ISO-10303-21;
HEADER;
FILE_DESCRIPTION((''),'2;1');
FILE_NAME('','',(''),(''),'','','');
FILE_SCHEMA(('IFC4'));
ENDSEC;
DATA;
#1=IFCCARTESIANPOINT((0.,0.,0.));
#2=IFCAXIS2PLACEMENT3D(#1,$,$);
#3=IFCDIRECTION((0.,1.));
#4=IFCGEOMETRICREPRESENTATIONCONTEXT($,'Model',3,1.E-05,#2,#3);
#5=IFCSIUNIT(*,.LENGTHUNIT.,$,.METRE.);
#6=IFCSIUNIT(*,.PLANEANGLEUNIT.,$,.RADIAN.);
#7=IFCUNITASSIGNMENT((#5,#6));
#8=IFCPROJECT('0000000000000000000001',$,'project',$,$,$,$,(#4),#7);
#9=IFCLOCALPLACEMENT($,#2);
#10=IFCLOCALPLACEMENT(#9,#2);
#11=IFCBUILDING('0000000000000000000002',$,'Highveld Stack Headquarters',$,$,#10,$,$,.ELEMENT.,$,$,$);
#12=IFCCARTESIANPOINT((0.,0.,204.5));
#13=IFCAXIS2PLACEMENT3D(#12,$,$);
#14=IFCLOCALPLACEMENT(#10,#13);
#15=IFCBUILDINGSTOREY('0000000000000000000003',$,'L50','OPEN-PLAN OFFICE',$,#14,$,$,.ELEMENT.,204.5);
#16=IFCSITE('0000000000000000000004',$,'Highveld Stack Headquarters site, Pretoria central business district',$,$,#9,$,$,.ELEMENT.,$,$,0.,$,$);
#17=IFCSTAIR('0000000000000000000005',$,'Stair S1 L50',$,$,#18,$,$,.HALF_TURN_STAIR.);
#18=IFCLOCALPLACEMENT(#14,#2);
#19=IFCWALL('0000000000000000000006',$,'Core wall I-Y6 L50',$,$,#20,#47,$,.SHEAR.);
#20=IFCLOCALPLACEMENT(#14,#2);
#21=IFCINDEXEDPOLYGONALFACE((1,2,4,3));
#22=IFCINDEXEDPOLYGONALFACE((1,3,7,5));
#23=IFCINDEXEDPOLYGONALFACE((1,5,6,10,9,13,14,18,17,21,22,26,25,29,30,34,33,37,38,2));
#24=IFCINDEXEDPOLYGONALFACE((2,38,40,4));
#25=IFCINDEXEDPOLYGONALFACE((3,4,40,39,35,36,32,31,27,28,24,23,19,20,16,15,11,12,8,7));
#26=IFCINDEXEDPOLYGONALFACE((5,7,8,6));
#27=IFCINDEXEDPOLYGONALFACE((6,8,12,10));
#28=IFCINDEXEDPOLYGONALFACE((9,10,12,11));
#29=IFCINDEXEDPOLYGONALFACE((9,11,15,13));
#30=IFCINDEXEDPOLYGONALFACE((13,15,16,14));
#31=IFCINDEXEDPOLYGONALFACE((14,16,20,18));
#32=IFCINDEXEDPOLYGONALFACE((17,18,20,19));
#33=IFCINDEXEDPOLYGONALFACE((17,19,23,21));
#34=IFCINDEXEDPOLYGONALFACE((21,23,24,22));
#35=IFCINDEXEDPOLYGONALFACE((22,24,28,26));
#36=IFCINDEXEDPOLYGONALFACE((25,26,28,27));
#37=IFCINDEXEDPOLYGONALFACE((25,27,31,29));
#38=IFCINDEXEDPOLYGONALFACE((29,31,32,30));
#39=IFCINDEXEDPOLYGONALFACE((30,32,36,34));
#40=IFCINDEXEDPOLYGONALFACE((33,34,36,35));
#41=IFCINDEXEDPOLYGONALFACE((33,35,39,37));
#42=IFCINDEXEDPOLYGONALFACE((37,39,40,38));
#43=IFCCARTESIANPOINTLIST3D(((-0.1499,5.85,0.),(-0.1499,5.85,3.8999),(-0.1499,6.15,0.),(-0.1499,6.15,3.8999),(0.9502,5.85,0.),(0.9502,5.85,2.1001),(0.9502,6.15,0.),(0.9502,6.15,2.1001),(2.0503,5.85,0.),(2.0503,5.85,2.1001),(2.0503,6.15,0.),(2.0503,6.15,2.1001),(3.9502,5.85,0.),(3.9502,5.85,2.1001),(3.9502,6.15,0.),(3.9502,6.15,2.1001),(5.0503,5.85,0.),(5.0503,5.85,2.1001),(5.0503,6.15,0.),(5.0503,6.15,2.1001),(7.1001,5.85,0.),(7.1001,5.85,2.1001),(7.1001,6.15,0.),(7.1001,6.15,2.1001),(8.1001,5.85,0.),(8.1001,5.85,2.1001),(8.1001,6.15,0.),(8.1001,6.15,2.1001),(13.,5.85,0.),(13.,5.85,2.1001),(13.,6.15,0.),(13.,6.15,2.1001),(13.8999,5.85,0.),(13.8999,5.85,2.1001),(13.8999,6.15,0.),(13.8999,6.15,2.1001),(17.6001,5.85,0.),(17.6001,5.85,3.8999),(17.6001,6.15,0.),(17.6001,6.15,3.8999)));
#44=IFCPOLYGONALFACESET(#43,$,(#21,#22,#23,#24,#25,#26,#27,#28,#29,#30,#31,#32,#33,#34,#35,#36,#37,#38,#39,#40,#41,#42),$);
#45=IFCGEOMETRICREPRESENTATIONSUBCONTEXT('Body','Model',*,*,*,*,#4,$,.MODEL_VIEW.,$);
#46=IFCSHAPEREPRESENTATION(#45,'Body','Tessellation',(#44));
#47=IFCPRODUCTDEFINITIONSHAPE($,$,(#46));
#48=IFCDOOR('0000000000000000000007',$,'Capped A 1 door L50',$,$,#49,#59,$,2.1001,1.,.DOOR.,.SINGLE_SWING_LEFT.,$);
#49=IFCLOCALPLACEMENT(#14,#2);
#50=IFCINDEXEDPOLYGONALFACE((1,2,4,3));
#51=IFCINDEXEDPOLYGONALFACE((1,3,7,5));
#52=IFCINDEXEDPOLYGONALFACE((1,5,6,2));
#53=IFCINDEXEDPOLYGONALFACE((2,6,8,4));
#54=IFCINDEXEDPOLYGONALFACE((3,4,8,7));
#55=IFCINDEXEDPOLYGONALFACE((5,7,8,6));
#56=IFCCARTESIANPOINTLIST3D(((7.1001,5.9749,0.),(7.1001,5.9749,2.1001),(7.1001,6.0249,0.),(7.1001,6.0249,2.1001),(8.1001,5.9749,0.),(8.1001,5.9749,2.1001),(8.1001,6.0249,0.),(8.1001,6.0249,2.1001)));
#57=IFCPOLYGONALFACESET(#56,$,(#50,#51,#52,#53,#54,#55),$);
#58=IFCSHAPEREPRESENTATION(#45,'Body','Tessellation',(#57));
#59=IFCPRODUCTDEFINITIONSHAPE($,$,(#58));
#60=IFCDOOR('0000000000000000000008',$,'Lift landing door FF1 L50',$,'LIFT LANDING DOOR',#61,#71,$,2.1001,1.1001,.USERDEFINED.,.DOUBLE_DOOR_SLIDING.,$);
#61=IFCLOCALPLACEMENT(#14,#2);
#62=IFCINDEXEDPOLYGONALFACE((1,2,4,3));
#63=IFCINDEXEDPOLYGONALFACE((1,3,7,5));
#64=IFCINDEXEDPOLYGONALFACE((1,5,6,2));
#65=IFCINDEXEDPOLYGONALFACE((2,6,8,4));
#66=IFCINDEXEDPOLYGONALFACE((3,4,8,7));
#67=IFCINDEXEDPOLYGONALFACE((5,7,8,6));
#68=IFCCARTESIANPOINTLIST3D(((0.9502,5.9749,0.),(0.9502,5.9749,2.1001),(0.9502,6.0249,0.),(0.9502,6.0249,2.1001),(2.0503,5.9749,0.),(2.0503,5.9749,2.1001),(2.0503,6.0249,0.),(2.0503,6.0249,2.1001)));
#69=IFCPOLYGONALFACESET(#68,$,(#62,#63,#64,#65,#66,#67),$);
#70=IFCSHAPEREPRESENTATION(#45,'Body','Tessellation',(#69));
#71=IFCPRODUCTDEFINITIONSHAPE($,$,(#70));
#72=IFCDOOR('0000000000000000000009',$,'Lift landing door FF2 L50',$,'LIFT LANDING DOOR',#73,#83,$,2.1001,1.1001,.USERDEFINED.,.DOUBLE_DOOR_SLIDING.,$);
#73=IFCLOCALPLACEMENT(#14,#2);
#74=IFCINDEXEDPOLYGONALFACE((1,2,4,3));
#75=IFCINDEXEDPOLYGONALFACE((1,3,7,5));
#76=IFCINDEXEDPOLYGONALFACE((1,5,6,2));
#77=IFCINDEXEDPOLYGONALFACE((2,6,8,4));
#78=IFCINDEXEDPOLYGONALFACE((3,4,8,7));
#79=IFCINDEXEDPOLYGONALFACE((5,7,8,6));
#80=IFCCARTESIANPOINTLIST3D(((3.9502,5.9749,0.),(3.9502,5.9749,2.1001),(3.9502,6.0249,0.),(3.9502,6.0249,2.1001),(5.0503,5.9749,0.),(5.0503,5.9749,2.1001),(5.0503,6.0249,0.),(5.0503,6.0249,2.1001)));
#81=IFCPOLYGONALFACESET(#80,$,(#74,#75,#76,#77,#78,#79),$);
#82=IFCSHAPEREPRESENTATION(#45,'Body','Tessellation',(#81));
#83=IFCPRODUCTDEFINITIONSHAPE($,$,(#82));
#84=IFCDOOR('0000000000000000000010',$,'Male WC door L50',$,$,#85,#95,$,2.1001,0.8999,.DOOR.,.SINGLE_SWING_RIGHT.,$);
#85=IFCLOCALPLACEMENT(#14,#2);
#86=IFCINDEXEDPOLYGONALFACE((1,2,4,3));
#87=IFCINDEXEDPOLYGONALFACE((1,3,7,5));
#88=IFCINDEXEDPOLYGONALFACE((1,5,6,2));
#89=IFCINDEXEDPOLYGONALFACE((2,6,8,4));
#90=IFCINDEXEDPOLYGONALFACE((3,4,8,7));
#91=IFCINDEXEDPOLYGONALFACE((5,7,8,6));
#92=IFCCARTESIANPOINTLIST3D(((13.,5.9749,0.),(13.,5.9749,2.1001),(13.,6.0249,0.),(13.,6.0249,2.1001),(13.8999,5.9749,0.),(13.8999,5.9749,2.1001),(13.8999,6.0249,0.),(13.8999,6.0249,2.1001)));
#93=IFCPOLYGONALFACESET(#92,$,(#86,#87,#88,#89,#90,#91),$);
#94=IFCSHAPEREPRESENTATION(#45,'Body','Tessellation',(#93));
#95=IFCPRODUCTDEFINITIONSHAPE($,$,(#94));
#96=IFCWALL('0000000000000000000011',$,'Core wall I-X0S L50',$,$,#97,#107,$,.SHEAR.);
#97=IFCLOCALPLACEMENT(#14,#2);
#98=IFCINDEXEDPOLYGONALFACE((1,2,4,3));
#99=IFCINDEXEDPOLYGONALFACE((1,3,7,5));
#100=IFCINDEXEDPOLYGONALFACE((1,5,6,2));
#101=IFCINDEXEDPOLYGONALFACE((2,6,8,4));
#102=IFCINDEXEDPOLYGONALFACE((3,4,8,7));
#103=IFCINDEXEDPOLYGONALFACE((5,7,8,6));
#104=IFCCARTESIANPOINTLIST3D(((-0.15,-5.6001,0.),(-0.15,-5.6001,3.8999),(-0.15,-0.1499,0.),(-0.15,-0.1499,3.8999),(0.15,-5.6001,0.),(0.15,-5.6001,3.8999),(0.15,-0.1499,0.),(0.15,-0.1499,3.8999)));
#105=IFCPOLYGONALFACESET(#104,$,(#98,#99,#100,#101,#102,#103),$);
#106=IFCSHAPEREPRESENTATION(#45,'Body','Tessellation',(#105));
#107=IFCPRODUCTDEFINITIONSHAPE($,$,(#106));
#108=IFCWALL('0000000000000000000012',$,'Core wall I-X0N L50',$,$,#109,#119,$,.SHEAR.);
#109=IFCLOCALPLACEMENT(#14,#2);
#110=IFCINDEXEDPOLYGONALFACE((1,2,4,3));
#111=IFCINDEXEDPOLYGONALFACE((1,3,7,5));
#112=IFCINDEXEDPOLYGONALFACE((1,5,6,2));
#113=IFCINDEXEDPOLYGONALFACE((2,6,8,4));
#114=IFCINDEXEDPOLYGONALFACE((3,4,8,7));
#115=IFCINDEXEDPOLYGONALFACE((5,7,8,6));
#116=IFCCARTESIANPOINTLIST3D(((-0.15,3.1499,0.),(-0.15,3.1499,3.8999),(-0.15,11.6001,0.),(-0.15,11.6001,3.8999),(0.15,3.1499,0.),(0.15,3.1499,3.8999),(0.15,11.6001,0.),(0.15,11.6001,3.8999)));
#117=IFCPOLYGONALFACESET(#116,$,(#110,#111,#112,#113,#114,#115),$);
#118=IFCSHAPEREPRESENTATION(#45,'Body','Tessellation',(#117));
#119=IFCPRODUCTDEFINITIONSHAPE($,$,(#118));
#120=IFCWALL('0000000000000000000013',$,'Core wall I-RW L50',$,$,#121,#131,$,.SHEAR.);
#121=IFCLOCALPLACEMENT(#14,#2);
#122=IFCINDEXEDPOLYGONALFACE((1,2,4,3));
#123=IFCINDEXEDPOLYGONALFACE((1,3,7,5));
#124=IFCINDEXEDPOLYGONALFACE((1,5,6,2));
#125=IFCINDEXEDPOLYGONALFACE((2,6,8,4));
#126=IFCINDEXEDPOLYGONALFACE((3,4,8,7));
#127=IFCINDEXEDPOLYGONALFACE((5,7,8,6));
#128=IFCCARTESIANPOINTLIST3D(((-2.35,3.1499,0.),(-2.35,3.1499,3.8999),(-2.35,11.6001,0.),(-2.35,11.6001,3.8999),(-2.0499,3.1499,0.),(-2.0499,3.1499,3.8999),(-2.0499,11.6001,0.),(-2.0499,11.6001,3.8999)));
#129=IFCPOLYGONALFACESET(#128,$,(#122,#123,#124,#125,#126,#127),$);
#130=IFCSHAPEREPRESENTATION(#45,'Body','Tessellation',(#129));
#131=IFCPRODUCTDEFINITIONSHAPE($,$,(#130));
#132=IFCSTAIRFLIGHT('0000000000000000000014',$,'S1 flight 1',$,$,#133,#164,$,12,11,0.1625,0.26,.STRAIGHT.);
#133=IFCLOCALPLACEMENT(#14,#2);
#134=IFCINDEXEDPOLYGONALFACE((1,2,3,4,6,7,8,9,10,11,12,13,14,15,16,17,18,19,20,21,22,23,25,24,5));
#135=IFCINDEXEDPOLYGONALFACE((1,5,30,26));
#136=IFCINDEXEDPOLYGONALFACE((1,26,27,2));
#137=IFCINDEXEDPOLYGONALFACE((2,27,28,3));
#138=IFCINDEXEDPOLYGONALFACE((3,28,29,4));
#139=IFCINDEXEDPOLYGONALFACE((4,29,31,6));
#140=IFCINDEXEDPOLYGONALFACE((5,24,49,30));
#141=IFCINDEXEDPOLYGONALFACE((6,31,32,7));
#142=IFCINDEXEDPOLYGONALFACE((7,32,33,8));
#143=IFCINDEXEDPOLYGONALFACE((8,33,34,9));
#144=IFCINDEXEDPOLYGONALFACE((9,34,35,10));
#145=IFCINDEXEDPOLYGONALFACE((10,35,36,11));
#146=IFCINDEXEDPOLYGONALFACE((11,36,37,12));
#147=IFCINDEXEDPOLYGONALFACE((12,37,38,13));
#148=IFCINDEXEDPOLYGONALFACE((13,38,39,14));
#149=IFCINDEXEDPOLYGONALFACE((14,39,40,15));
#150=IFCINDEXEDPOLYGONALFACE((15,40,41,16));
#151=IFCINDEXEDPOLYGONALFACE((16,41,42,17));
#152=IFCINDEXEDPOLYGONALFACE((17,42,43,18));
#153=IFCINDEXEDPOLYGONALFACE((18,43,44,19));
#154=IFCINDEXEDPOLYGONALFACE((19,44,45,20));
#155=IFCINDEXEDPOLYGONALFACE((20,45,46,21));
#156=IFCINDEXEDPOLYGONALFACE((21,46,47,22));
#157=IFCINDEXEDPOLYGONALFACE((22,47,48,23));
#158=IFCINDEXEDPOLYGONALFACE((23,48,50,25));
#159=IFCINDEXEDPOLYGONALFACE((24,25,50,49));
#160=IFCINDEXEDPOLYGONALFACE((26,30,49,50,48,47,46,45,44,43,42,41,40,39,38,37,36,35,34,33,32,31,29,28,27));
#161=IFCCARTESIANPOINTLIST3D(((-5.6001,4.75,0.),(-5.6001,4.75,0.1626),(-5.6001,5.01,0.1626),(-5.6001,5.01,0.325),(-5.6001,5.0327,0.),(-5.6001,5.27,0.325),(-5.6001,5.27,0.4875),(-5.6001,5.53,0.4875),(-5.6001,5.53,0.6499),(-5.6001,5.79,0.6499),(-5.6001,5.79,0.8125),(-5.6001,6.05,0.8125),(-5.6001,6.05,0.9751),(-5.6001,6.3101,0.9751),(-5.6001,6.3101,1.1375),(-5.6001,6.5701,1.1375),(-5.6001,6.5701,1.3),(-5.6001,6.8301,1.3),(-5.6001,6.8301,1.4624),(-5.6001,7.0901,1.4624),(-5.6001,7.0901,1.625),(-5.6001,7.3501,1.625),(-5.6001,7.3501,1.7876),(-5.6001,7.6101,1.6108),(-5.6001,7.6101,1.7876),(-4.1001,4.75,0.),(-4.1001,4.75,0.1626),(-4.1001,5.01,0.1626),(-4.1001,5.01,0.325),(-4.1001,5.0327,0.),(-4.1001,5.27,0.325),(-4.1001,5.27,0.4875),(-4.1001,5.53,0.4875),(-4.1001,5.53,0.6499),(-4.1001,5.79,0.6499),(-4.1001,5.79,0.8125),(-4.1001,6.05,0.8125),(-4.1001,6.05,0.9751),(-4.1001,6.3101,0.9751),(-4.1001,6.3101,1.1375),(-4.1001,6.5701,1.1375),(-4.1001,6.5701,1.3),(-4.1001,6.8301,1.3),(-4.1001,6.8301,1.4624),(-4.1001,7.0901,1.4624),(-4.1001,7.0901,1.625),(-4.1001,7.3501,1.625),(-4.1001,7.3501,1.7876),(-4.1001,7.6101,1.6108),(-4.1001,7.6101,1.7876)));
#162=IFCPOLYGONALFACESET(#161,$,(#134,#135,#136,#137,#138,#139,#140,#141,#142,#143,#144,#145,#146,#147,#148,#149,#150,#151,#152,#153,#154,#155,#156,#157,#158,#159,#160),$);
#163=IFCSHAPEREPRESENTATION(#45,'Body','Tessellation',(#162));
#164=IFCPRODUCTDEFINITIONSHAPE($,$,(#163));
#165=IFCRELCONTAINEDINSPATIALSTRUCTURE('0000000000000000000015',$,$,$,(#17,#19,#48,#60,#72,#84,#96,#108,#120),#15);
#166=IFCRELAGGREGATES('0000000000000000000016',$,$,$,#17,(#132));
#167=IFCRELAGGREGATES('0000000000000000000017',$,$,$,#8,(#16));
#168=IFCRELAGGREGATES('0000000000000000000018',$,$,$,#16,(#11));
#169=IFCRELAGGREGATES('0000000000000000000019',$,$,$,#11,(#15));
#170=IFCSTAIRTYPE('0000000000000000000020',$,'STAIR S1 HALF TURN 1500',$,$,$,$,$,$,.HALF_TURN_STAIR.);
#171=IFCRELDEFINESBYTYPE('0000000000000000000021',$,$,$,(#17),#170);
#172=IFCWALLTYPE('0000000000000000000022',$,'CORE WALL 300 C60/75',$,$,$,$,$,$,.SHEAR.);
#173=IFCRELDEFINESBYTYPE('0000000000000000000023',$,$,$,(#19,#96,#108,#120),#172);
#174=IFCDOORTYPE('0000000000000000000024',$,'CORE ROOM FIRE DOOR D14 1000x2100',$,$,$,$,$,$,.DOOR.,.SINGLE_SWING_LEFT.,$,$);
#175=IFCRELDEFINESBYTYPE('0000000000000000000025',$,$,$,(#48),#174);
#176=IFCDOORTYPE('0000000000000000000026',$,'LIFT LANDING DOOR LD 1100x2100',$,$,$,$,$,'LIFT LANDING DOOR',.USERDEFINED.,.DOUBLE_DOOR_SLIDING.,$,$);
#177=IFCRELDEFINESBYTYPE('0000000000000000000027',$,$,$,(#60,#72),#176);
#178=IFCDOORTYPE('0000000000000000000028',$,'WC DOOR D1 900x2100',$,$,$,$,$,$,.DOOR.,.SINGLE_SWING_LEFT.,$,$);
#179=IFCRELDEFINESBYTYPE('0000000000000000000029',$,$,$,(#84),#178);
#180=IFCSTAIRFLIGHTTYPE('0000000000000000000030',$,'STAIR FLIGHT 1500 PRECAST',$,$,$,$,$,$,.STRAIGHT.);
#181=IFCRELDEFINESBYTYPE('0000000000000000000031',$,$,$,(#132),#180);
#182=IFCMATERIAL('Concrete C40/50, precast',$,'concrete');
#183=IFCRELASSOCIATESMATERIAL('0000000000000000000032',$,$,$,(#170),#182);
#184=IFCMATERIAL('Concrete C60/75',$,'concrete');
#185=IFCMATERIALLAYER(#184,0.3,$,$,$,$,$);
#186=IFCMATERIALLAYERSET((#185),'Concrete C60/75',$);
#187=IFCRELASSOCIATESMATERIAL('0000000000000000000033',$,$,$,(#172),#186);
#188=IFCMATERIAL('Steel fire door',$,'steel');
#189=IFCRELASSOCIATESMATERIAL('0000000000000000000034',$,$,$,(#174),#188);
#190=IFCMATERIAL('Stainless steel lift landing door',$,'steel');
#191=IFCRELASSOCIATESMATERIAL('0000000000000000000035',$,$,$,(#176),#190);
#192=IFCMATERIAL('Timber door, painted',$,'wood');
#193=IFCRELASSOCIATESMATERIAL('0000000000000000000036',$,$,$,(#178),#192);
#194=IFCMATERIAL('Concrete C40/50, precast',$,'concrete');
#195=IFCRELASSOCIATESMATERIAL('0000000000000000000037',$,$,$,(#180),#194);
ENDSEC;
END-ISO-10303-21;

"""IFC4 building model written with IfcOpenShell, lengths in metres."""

from ifc_helpers import new_model, si_unit, direction, frame, frame_2d, origin, place, context, subcontext, project, spatial, polyline, rectangle, outline, extrude, material, layer, layer_set, type_object, element, fill, aggregate, save


model = new_model("IFC4")

# Units and contexts
model_context = context("Model", 3, precision=1e-05, world=origin(), true_north=direction((0.0, 1.0)))
body_context = subcontext(model_context, "Body", "Model", "MODEL_VIEW")
ifc_project = project(units=[si_unit("LENGTHUNIT", "METRE"), si_unit("PLANEANGLEUNIT", "RADIAN")], contexts=[model_context])

# Site, building, storey
site_placement = place(None, origin())
site = spatial("IfcSite", under=ifc_project, at=site_placement, Name="Highveld Stack Headquarters site, Pretoria central business district", CompositionType="ELEMENT", RefElevation=0.0)
building_placement = place(site_placement, origin())
building = spatial("IfcBuilding", under=site, at=building_placement, Name="Highveld Stack Headquarters", CompositionType="ELEMENT")
storey_placement = place(building_placement, frame((0.0, 0.0, 204.5)))
storey = spatial("IfcBuildingStorey", under=building, at=storey_placement, Name="L50", Description="OPEN-PLAN OFFICE", CompositionType="ELEMENT", Elevation=204.5)

# Stair
ifc_material_1 = material(Name="Concrete C40/50, precast", Category="concrete")
stair_type_1 = type_object("IfcStairType", Name="STAIR S1 HALF TURN 1500", PredefinedType="HALF_TURN_STAIR", material=ifc_material_1)
stair_1_placement = place(storey_placement, origin())
stair_1 = element("IfcStair", 1, at=stair_1_placement, inside=storey, type_object=stair_type_1, Name="Stair S1 L50", PredefinedType="HALF_TURN_STAIR")

# Wall, openings, doors
ifc_material_2 = material(Name="Concrete C60/75", Category="concrete")
ifc_layer_1 = layer(ifc_material_2, 0.3)
ifc_layer_set_1 = layer_set([ifc_layer_1], Name="Concrete C60/75")
wall_type = type_object("IfcWallType", Name="CORE WALL 300 C60/75", PredefinedType="SHEAR", material=ifc_layer_set_1)
wall_1_placement = place(storey_placement, frame((-0.1499, 6.0, 0.0), z_axis=(0.0, 0.0, 1.0), x_axis=(1.0, 0.0, 0.0)))
wall_1 = element("IfcWall", 2, at=wall_1_placement, inside=storey, type_object=wall_type, Name="Core wall I-Y6 L50", PredefinedType="SHEAR", context=body_context, shape_type="SweptSolid", body=[
    extrude(rectangle(XDim=17.75, YDim=0.3, at=frame_2d((8.875, 0.0))), origin(), (0.0, 0.0, 1.0), 3.8999),
])
opening_1_placement = place(wall_1_placement, frame((13.1499, 0.0, 0.0)))
opening_1 = element("IfcOpeningElement", 3, at=opening_1_placement, cuts=wall_1, PredefinedType="OPENING", context=body_context, shape_type="SweptSolid", body=[
    extrude(rectangle(XDim=0.8999, YDim=2.1001, at=frame_2d((0.45, 1.05))), frame((0.0, 0.1599, 0.0), z_axis=(0.0, -1.0, 0.0), x_axis=(1.0, 0.0, 0.0)), (0.0, 0.0, 1.0), 0.3201),
])
opening_2_placement = place(wall_1_placement, frame((7.25, 0.0, 0.0)))
opening_2 = element("IfcOpeningElement", 4, at=opening_2_placement, cuts=wall_1, PredefinedType="OPENING", context=body_context, shape_type="SweptSolid", body=[
    extrude(rectangle(XDim=1.0, YDim=2.1001, at=frame_2d((0.5, 1.05))), frame((0.0, 0.1599, 0.0), z_axis=(0.0, -1.0, 0.0), x_axis=(1.0, 0.0, 0.0)), (0.0, 0.0, 1.0), 0.3201),
])
opening_3_placement = place(wall_1_placement, frame((1.1001, 0.0, 0.0)))
opening_3 = element("IfcOpeningElement", 5, at=opening_3_placement, cuts=wall_1, PredefinedType="OPENING", context=body_context, shape_type="SweptSolid", body=[
    extrude(rectangle(XDim=1.1001, YDim=2.1001, at=frame_2d((0.55, 1.05))), frame((0.0, 0.1599, 0.0), z_axis=(0.0, -1.0, 0.0), x_axis=(1.0, 0.0, 0.0)), (0.0, 0.0, 1.0), 0.3201),
])
opening_4_placement = place(wall_1_placement, frame((4.1001, 0.0, 0.0)))
opening_4 = element("IfcOpeningElement", 6, at=opening_4_placement, cuts=wall_1, PredefinedType="OPENING", context=body_context, shape_type="SweptSolid", body=[
    extrude(rectangle(XDim=1.1001, YDim=2.1001, at=frame_2d((0.55, 1.05))), frame((0.0, 0.1599, 0.0), z_axis=(0.0, -1.0, 0.0), x_axis=(1.0, 0.0, 0.0)), (0.0, 0.0, 1.0), 0.3201),
])
ifc_material_3 = material(Name="Steel fire door", Category="steel")
door_type_1 = type_object("IfcDoorType", Name="CORE ROOM FIRE DOOR D14 1000x2100", OperationType="SINGLE_SWING_LEFT", PredefinedType="DOOR", material=ifc_material_3)
door_1_placement = place(opening_2_placement, origin())
door_1 = element("IfcDoor", 7, at=door_1_placement, inside=storey, type_object=door_type_1, Name="Capped A 1 door L50", OperationType="SINGLE_SWING_LEFT", OverallHeight=2.1001, OverallWidth=1.0, PredefinedType="DOOR", context=body_context, shape_type="SweptSolid", body=[
    extrude(rectangle(XDim=1.0, YDim=2.1001, at=frame_2d((0.5, 1.05))), frame((0.0, 0.0249, 0.0), z_axis=(0.0, -1.0, 0.0), x_axis=(1.0, 0.0, 0.0)), (0.0, 0.0, 1.0), 0.05),
])
fill(opening_2, door_1)
ifc_material_4 = material(Name="Stainless steel lift landing door", Category="steel")
door_type_2 = type_object("IfcDoorType", Name="LIFT LANDING DOOR LD 1100x2100", ElementType="LIFT LANDING DOOR", OperationType="DOUBLE_DOOR_SLIDING", PredefinedType="USERDEFINED", material=ifc_material_4)
door_2_placement = place(opening_3_placement, origin())
door_2 = element("IfcDoor", 8, at=door_2_placement, inside=storey, type_object=door_type_2, Name="Lift landing door FF1 L50", ObjectType="LIFT LANDING DOOR", OperationType="DOUBLE_DOOR_SLIDING", OverallHeight=2.1001, OverallWidth=1.1001, PredefinedType="USERDEFINED", context=body_context, shape_type="SweptSolid", body=[
    extrude(rectangle(XDim=1.1001, YDim=2.1001, at=frame_2d((0.55, 1.05))), frame((0.0, 0.0249, 0.0), z_axis=(0.0, -1.0, 0.0), x_axis=(1.0, 0.0, 0.0)), (0.0, 0.0, 1.0), 0.05),
])
fill(opening_3, door_2)
door_3_placement = place(opening_4_placement, origin())
door_3 = element("IfcDoor", 9, at=door_3_placement, inside=storey, type_object=door_type_2, Name="Lift landing door FF2 L50", ObjectType="LIFT LANDING DOOR", OperationType="DOUBLE_DOOR_SLIDING", OverallHeight=2.1001, OverallWidth=1.1001, PredefinedType="USERDEFINED", context=body_context, shape_type="SweptSolid", body=[
    extrude(rectangle(XDim=1.1001, YDim=2.1001, at=frame_2d((0.55, 1.05))), frame((0.0, 0.0249, 0.0), z_axis=(0.0, -1.0, 0.0), x_axis=(1.0, 0.0, 0.0)), (0.0, 0.0, 1.0), 0.05),
])
fill(opening_4, door_3)
ifc_material_5 = material(Name="Timber door, painted", Category="wood")
door_type_3 = type_object("IfcDoorType", Name="WC DOOR D1 900x2100", OperationType="SINGLE_SWING_LEFT", PredefinedType="DOOR", material=ifc_material_5)
door_4_placement = place(opening_1_placement, origin())
door_4 = element("IfcDoor", 10, at=door_4_placement, inside=storey, type_object=door_type_3, Name="Male WC door L50", OperationType="SINGLE_SWING_RIGHT", OverallHeight=2.1001, OverallWidth=0.8999, PredefinedType="DOOR", context=body_context, shape_type="SweptSolid", body=[
    extrude(rectangle(XDim=0.8999, YDim=2.1001, at=frame_2d((0.45, 1.05))), frame((0.0, 0.0249, 0.0), z_axis=(0.0, -1.0, 0.0), x_axis=(1.0, 0.0, 0.0)), (0.0, 0.0, 1.0), 0.05),
])
fill(opening_1, door_4)

# Walls
wall_2_placement = place(storey_placement, frame((0.0, -5.6001, 0.0), z_axis=(0.0, 0.0, 1.0), x_axis=(0.0, 1.0, 0.0)))
element("IfcWall", 11, at=wall_2_placement, inside=storey, type_object=wall_type, Name="Core wall I-X0S L50", PredefinedType="SHEAR", context=body_context, shape_type="SweptSolid", body=[
    extrude(rectangle(XDim=5.4502, YDim=0.3, at=frame_2d((2.7251, 0.0))), origin(), (0.0, 0.0, 1.0), 3.8999),
])
for number, where, z_axis, x_axis, name in (
    (12, (0.0, 3.1499, 0.0), (0.0, 0.0, 1.0), (0.0, 1.0, 0.0), "Core wall I-X0N L50"),
    (13, (-2.2, 3.1499, 0.0), (0.0, 0.0, 1.0), (0.0, 1.0, 0.0), "Core wall I-RW L50"),
):
    element("IfcWall", number, at=place(storey_placement, frame(where, z_axis=z_axis, x_axis=x_axis)), inside=storey, type_object=wall_type, Name=name, PredefinedType="SHEAR", context=body_context, shape_type="SweptSolid", body=[
        extrude(rectangle(XDim=8.4502, YDim=0.3, at=frame_2d((4.2251, 0.0))), origin(), (0.0, 0.0, 1.0), 3.8999),
    ])

# Stair flight
ifc_material_6 = material(Name="Concrete C40/50, precast", Category="concrete")
stair_flight_type = type_object("IfcStairFlightType", Name="STAIR FLIGHT 1500 PRECAST", PredefinedType="STRAIGHT", material=ifc_material_6)
stair_flight_placement = place(storey_placement, frame((-4.8501, 4.75, 0.0), z_axis=(0.0, 0.0, 1.0), x_axis=(0.0, 1.0, 0.0)))
stair_flight = element("IfcStairFlight", 14, at=stair_flight_placement, type_object=stair_flight_type, Name="S1 flight 1", NumberOfRisers=12, NumberOfTreads=11, PredefinedType="STRAIGHT", RiserHeight=0.1625, TreadLength=0.26, context=body_context, shape_type="SweptSolid", body=[
    extrude(outline(polyline([(0.0, 0.0), (0.0, 0.1626), (0.26, 0.1626), (0.26, 0.325), (0.52, 0.325), (0.52, 0.4875), (0.78, 0.4875), (0.78, 0.6499), (1.04, 0.6499), (1.04, 0.8125), (1.3, 0.8125), (1.3, 0.9751), (1.5601, 0.9751), (1.5601, 1.1375), (1.8201, 1.1375), (1.8201, 1.3), (2.0801, 1.3), (2.0801, 1.4624), (2.3401, 1.4624), (2.3401, 1.625), (2.6001, 1.625), (2.6001, 1.7876), (2.8601, 1.7876), (2.8601, 1.95), (2.8601, 1.6108), (0.2827, 0.0), (0.0, 0.0)])), frame((0.0, 0.75, 0.0), z_axis=(0.0, -1.0, 0.0), x_axis=(1.0, 0.0, 0.0)), (0.0, 0.0, 1.0), 1.5),
])
aggregate(stair_1, [stair_flight])

save(model, "model.ifc")
